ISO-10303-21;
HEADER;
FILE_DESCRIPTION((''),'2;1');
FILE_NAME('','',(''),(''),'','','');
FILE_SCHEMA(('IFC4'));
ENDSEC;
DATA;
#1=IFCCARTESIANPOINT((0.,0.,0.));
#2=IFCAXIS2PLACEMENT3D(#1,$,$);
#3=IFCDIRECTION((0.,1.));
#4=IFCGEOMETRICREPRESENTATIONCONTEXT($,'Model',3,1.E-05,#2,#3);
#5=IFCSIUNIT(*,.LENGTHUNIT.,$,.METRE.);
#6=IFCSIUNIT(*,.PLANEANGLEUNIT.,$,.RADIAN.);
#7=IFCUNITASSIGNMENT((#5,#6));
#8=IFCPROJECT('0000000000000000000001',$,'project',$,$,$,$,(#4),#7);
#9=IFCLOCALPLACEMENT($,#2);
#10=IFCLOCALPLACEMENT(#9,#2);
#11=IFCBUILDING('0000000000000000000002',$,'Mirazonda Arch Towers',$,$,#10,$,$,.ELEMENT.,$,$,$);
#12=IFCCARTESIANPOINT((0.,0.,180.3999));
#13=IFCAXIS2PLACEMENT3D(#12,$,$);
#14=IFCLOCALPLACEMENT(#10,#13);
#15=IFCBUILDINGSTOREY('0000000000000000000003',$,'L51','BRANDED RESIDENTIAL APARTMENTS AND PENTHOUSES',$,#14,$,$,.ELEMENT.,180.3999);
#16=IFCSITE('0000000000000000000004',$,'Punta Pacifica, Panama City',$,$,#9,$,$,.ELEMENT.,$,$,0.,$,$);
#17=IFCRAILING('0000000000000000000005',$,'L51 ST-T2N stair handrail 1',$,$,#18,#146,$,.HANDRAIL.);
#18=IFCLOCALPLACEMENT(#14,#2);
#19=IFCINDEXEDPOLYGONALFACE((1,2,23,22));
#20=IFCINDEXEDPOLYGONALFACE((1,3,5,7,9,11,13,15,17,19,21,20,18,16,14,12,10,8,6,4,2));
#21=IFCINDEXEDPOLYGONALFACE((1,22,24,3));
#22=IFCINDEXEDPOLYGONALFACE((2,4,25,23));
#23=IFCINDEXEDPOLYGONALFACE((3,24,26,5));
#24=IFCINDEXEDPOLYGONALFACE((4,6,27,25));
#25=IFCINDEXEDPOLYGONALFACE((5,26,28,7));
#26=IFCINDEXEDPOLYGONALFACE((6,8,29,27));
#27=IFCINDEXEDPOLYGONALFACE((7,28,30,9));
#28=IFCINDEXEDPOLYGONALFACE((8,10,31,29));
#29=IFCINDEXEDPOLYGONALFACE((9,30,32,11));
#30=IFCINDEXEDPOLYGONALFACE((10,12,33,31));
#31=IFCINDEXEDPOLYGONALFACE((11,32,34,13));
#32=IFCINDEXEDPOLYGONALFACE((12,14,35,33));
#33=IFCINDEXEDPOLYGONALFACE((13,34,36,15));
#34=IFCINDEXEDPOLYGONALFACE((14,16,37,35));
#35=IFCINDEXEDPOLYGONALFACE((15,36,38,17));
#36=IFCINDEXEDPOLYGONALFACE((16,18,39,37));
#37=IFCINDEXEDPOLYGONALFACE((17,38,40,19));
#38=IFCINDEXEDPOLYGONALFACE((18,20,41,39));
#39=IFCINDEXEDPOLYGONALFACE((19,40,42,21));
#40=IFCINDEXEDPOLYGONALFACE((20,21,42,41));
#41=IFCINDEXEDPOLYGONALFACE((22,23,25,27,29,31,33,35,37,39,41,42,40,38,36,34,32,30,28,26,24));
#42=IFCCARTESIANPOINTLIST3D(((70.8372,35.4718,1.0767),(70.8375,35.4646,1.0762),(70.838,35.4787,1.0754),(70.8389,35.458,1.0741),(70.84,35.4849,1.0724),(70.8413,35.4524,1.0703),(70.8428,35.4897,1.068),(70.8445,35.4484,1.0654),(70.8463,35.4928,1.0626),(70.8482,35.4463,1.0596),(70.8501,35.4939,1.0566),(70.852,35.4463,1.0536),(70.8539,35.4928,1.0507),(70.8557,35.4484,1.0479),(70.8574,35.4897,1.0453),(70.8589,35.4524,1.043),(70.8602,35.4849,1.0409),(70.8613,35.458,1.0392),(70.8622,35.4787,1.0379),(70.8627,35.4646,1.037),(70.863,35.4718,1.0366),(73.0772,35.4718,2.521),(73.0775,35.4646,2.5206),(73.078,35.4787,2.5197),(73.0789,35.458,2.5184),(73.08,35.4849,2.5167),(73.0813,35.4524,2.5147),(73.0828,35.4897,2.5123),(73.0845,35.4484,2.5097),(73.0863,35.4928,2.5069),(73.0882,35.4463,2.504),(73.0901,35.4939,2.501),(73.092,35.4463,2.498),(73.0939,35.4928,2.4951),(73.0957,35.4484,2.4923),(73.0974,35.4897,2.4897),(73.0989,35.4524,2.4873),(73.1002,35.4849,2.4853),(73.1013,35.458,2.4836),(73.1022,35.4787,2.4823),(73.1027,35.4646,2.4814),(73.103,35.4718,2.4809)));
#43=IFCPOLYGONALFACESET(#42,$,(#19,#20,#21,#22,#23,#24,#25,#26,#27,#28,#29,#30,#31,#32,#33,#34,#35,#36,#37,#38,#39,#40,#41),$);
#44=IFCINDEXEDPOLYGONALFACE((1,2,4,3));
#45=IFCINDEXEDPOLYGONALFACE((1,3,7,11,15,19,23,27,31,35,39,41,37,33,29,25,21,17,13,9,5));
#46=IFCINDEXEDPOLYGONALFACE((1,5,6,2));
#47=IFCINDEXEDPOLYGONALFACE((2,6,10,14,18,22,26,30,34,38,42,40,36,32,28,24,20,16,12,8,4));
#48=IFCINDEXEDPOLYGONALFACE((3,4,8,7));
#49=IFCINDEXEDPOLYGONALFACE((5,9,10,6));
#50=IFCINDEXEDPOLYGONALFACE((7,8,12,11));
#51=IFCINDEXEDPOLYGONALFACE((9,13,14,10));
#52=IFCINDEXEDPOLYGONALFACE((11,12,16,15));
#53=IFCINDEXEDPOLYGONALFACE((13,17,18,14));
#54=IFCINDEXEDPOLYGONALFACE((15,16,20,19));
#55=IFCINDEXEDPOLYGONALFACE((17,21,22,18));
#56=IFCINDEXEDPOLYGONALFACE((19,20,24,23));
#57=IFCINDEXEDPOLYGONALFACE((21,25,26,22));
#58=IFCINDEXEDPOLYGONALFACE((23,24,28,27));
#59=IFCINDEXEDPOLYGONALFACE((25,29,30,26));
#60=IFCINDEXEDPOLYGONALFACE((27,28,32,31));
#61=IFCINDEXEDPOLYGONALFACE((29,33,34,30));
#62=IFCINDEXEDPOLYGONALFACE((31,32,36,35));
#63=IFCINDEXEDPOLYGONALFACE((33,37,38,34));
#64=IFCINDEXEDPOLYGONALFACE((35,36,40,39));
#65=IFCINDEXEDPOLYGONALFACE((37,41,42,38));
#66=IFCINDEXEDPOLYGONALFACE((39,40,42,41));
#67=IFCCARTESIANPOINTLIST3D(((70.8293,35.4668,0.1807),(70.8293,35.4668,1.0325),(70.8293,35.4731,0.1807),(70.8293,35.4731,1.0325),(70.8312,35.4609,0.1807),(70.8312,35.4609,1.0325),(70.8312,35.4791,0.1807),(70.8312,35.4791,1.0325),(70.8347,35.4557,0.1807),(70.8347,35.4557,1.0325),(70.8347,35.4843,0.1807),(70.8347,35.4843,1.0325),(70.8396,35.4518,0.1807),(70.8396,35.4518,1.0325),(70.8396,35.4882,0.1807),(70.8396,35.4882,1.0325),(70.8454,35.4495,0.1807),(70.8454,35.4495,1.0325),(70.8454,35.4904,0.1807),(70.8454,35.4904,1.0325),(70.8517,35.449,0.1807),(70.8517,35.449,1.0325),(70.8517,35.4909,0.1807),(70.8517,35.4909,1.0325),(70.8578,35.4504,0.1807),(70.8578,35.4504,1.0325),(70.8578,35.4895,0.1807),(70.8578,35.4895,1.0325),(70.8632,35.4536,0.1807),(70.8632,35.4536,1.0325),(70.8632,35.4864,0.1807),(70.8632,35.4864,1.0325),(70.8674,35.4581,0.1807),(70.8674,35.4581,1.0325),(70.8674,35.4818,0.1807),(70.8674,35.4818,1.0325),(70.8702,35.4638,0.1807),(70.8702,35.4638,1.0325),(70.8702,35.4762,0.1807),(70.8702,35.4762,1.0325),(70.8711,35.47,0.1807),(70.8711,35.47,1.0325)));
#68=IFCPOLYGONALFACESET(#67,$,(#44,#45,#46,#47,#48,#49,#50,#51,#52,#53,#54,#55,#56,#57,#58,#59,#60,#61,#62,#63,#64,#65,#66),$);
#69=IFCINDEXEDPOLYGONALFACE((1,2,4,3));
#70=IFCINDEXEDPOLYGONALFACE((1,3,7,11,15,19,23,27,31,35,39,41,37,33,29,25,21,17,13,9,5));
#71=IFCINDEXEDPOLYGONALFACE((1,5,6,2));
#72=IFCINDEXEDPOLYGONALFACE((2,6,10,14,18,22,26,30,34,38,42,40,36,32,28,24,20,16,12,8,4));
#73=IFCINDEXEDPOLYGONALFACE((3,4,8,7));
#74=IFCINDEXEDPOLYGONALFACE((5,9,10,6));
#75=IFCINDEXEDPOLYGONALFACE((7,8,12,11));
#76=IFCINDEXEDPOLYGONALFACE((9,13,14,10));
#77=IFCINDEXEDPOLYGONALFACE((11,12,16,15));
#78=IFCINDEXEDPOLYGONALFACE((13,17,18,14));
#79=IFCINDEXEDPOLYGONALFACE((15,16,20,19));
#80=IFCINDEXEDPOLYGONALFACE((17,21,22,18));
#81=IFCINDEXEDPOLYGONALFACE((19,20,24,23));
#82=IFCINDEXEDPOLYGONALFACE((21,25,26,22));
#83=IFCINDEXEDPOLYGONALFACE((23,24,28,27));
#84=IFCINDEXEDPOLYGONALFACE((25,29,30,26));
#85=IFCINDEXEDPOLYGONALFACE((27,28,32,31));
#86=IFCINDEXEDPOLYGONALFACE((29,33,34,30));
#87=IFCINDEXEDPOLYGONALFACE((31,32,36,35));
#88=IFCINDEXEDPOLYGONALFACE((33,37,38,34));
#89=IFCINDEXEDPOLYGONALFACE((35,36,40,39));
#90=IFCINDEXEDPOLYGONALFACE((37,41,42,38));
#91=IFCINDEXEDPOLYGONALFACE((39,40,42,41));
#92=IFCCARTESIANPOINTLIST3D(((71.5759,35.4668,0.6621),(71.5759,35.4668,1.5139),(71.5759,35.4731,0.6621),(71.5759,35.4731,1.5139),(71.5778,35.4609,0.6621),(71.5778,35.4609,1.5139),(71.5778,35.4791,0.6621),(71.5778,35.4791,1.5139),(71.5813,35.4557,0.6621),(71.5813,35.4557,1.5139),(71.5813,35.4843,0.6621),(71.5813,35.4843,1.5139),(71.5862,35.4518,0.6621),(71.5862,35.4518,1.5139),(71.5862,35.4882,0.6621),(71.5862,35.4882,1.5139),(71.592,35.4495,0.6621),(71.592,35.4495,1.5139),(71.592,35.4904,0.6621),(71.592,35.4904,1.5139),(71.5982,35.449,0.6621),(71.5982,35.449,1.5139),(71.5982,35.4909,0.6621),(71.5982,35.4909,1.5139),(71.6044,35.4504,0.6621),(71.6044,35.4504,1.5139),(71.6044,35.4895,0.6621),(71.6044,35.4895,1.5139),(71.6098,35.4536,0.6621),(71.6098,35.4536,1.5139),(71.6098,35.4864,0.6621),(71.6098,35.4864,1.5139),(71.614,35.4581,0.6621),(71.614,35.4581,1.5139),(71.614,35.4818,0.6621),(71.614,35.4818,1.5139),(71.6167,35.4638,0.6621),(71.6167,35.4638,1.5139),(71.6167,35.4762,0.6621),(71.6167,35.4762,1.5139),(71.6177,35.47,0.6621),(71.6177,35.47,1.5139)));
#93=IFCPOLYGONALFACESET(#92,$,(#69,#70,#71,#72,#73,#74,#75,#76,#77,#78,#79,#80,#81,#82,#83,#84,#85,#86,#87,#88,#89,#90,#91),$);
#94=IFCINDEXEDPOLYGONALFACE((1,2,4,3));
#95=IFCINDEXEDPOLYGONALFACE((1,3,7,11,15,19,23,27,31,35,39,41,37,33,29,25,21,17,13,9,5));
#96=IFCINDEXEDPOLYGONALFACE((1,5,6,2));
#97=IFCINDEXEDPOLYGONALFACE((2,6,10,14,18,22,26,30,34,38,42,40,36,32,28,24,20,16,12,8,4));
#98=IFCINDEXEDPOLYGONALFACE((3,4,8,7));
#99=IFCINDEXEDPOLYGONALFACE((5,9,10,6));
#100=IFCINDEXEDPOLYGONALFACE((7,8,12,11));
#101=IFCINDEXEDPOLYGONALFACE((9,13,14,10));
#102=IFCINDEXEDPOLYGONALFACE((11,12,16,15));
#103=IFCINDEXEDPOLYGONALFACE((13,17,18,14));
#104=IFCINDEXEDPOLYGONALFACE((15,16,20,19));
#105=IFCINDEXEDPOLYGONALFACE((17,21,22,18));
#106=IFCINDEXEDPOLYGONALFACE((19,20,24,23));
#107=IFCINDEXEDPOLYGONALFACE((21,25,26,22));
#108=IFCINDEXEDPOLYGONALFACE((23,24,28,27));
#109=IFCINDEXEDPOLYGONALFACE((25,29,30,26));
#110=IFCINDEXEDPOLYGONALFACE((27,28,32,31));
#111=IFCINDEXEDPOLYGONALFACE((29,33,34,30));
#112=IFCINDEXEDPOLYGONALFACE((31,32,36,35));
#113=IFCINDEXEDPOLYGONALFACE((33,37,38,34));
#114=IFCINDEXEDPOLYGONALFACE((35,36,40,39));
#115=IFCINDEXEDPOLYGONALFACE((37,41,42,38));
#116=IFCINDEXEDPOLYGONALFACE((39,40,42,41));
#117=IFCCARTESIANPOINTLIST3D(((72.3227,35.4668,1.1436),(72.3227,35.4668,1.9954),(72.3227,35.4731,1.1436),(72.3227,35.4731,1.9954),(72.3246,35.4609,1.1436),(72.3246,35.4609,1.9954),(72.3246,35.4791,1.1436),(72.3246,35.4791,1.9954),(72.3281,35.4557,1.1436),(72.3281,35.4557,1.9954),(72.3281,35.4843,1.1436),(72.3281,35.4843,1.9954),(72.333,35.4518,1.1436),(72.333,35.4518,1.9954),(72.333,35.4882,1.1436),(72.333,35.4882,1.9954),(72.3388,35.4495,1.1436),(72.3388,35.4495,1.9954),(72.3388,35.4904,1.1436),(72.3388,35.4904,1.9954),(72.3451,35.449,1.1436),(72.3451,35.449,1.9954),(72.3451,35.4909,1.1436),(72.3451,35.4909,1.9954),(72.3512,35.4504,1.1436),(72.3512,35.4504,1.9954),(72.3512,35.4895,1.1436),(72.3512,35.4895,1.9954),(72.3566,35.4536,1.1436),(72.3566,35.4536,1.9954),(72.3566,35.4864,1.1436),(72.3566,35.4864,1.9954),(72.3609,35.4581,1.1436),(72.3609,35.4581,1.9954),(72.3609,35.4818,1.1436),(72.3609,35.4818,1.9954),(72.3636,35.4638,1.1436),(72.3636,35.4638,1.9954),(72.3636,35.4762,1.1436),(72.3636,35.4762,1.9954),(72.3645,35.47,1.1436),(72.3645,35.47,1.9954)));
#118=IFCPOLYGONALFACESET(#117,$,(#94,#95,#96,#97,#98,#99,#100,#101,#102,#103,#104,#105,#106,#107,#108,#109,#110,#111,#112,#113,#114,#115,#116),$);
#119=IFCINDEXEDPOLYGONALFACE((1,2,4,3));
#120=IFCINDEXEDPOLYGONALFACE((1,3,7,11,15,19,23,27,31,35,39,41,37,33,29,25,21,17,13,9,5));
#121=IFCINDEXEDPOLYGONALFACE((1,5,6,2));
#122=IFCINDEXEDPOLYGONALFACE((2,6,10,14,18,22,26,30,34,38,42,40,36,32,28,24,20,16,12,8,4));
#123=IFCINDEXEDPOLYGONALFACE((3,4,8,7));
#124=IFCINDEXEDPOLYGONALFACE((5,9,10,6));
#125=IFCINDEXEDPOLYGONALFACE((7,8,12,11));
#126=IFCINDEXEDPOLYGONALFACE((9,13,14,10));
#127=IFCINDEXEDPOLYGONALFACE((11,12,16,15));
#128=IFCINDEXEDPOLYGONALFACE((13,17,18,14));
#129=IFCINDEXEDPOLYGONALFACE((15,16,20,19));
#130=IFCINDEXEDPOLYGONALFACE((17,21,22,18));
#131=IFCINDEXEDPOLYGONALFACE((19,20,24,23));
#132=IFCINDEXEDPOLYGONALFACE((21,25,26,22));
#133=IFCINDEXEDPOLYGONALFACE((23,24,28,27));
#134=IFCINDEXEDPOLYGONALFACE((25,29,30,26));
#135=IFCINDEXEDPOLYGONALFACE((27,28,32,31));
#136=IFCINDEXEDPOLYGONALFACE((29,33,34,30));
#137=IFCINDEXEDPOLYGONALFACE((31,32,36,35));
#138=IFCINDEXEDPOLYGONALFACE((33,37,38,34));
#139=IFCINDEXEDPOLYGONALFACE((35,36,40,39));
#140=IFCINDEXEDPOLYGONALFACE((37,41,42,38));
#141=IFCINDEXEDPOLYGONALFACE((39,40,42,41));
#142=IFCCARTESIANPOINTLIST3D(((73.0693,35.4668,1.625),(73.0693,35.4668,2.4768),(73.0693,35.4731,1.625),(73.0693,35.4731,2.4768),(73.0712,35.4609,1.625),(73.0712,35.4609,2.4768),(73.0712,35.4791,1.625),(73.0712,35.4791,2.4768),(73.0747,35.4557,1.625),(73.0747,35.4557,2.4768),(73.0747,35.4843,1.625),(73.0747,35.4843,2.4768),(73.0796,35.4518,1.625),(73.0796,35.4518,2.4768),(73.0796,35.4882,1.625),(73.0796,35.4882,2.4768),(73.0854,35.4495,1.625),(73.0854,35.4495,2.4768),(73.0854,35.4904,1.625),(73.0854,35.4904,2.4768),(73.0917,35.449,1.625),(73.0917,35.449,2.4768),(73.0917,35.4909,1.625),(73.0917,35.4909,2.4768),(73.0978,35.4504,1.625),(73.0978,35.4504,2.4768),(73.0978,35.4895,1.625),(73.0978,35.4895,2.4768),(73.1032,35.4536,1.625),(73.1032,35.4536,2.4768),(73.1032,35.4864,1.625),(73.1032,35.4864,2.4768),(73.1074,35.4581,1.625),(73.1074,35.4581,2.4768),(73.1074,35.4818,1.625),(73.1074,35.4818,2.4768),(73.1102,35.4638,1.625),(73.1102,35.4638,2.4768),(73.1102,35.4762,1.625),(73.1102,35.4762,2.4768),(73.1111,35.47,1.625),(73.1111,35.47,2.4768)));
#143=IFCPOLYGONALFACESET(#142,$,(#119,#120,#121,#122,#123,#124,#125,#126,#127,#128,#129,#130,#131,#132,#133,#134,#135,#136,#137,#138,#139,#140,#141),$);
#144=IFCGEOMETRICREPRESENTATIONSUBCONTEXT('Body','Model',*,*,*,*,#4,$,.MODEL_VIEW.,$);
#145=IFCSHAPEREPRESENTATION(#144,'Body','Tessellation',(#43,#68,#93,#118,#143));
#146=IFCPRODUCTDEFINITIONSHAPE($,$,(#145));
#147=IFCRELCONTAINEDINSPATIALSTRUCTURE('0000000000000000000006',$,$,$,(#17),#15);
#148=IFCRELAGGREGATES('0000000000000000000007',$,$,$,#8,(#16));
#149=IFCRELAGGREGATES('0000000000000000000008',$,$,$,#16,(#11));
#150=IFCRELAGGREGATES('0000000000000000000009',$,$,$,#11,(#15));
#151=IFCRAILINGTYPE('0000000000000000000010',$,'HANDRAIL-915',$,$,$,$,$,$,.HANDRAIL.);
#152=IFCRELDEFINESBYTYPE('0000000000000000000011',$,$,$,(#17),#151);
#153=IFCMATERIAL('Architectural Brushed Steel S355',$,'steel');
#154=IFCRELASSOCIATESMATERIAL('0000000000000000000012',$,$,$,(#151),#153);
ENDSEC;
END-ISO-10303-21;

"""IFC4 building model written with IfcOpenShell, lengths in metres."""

from ifc_helpers import new_model, si_unit, direction, frame, origin, origin_2d, place, context, subcontext, project, spatial, circle, extrude, material, type_object, element, save


model = new_model("IFC4")

# Units and contexts
model_context = context("Model", 3, precision=1e-05, world=origin(), true_north=direction((0.0, 1.0)))
body_context = subcontext(model_context, "Body", "Model", "MODEL_VIEW")
ifc_project = project(units=[si_unit("LENGTHUNIT", "METRE"), si_unit("PLANEANGLEUNIT", "RADIAN")], contexts=[model_context])

# Site, building, storey
site_placement = place(None, origin())
site = spatial("IfcSite", under=ifc_project, at=site_placement, Name="Punta Pacifica, Panama City", CompositionType="ELEMENT", RefElevation=0.0)
building_placement = place(site_placement, origin())
building = spatial("IfcBuilding", under=site, at=building_placement, Name="Mirazonda Arch Towers", CompositionType="ELEMENT")
storey_placement = place(building_placement, frame((0.0, 0.0, 180.3999)))
storey = spatial("IfcBuildingStorey", under=building, at=storey_placement, Name="L51", Description="BRANDED RESIDENTIAL APARTMENTS AND PENTHOUSES", CompositionType="ELEMENT", Elevation=180.3999)

# Railing
ifc_material_1 = material(Name="Architectural Brushed Steel S355", Category="steel")
railing_type_1 = type_object("IfcRailingType", Name="HANDRAIL-915", PredefinedType="HANDRAIL", material=ifc_material_1)
railing_1_placement = place(storey_placement, frame((70.8501, 35.47, 0.1807)))
element("IfcRailing", 1, at=railing_1_placement, inside=storey, type_object=railing_type_1, Name="L51 ST-T2N stair handrail 1", PredefinedType="HANDRAIL", context=body_context, shape_type="SweptSolid", body=[
    extrude(circle(Radius=0.0239, at=origin_2d()), frame((0.0, 0.0, 0.876), z_axis=(0.840437, 0.0, 0.54191), x_axis=(0.0, 1.0, 0.0)), (0.0, 0.0, 1.0), 2.6653),
    extrude(circle(Radius=0.021, at=origin_2d()), origin(), (0.0, 0.0, 1.0), 0.8518),
    extrude(circle(Radius=0.021, at=origin_2d()), frame((0.7466, 0.0, 0.4814)), (0.0, 0.0, 1.0), 0.8518),
    extrude(circle(Radius=0.021, at=origin_2d()), frame((1.4934, 0.0, 0.9629)), (0.0, 0.0, 1.0), 0.8518),
    extrude(circle(Radius=0.021, at=origin_2d()), frame((2.24, 0.0, 1.4443)), (0.0, 0.0, 1.0), 0.8518),
])

save(model, "model.ifc")
